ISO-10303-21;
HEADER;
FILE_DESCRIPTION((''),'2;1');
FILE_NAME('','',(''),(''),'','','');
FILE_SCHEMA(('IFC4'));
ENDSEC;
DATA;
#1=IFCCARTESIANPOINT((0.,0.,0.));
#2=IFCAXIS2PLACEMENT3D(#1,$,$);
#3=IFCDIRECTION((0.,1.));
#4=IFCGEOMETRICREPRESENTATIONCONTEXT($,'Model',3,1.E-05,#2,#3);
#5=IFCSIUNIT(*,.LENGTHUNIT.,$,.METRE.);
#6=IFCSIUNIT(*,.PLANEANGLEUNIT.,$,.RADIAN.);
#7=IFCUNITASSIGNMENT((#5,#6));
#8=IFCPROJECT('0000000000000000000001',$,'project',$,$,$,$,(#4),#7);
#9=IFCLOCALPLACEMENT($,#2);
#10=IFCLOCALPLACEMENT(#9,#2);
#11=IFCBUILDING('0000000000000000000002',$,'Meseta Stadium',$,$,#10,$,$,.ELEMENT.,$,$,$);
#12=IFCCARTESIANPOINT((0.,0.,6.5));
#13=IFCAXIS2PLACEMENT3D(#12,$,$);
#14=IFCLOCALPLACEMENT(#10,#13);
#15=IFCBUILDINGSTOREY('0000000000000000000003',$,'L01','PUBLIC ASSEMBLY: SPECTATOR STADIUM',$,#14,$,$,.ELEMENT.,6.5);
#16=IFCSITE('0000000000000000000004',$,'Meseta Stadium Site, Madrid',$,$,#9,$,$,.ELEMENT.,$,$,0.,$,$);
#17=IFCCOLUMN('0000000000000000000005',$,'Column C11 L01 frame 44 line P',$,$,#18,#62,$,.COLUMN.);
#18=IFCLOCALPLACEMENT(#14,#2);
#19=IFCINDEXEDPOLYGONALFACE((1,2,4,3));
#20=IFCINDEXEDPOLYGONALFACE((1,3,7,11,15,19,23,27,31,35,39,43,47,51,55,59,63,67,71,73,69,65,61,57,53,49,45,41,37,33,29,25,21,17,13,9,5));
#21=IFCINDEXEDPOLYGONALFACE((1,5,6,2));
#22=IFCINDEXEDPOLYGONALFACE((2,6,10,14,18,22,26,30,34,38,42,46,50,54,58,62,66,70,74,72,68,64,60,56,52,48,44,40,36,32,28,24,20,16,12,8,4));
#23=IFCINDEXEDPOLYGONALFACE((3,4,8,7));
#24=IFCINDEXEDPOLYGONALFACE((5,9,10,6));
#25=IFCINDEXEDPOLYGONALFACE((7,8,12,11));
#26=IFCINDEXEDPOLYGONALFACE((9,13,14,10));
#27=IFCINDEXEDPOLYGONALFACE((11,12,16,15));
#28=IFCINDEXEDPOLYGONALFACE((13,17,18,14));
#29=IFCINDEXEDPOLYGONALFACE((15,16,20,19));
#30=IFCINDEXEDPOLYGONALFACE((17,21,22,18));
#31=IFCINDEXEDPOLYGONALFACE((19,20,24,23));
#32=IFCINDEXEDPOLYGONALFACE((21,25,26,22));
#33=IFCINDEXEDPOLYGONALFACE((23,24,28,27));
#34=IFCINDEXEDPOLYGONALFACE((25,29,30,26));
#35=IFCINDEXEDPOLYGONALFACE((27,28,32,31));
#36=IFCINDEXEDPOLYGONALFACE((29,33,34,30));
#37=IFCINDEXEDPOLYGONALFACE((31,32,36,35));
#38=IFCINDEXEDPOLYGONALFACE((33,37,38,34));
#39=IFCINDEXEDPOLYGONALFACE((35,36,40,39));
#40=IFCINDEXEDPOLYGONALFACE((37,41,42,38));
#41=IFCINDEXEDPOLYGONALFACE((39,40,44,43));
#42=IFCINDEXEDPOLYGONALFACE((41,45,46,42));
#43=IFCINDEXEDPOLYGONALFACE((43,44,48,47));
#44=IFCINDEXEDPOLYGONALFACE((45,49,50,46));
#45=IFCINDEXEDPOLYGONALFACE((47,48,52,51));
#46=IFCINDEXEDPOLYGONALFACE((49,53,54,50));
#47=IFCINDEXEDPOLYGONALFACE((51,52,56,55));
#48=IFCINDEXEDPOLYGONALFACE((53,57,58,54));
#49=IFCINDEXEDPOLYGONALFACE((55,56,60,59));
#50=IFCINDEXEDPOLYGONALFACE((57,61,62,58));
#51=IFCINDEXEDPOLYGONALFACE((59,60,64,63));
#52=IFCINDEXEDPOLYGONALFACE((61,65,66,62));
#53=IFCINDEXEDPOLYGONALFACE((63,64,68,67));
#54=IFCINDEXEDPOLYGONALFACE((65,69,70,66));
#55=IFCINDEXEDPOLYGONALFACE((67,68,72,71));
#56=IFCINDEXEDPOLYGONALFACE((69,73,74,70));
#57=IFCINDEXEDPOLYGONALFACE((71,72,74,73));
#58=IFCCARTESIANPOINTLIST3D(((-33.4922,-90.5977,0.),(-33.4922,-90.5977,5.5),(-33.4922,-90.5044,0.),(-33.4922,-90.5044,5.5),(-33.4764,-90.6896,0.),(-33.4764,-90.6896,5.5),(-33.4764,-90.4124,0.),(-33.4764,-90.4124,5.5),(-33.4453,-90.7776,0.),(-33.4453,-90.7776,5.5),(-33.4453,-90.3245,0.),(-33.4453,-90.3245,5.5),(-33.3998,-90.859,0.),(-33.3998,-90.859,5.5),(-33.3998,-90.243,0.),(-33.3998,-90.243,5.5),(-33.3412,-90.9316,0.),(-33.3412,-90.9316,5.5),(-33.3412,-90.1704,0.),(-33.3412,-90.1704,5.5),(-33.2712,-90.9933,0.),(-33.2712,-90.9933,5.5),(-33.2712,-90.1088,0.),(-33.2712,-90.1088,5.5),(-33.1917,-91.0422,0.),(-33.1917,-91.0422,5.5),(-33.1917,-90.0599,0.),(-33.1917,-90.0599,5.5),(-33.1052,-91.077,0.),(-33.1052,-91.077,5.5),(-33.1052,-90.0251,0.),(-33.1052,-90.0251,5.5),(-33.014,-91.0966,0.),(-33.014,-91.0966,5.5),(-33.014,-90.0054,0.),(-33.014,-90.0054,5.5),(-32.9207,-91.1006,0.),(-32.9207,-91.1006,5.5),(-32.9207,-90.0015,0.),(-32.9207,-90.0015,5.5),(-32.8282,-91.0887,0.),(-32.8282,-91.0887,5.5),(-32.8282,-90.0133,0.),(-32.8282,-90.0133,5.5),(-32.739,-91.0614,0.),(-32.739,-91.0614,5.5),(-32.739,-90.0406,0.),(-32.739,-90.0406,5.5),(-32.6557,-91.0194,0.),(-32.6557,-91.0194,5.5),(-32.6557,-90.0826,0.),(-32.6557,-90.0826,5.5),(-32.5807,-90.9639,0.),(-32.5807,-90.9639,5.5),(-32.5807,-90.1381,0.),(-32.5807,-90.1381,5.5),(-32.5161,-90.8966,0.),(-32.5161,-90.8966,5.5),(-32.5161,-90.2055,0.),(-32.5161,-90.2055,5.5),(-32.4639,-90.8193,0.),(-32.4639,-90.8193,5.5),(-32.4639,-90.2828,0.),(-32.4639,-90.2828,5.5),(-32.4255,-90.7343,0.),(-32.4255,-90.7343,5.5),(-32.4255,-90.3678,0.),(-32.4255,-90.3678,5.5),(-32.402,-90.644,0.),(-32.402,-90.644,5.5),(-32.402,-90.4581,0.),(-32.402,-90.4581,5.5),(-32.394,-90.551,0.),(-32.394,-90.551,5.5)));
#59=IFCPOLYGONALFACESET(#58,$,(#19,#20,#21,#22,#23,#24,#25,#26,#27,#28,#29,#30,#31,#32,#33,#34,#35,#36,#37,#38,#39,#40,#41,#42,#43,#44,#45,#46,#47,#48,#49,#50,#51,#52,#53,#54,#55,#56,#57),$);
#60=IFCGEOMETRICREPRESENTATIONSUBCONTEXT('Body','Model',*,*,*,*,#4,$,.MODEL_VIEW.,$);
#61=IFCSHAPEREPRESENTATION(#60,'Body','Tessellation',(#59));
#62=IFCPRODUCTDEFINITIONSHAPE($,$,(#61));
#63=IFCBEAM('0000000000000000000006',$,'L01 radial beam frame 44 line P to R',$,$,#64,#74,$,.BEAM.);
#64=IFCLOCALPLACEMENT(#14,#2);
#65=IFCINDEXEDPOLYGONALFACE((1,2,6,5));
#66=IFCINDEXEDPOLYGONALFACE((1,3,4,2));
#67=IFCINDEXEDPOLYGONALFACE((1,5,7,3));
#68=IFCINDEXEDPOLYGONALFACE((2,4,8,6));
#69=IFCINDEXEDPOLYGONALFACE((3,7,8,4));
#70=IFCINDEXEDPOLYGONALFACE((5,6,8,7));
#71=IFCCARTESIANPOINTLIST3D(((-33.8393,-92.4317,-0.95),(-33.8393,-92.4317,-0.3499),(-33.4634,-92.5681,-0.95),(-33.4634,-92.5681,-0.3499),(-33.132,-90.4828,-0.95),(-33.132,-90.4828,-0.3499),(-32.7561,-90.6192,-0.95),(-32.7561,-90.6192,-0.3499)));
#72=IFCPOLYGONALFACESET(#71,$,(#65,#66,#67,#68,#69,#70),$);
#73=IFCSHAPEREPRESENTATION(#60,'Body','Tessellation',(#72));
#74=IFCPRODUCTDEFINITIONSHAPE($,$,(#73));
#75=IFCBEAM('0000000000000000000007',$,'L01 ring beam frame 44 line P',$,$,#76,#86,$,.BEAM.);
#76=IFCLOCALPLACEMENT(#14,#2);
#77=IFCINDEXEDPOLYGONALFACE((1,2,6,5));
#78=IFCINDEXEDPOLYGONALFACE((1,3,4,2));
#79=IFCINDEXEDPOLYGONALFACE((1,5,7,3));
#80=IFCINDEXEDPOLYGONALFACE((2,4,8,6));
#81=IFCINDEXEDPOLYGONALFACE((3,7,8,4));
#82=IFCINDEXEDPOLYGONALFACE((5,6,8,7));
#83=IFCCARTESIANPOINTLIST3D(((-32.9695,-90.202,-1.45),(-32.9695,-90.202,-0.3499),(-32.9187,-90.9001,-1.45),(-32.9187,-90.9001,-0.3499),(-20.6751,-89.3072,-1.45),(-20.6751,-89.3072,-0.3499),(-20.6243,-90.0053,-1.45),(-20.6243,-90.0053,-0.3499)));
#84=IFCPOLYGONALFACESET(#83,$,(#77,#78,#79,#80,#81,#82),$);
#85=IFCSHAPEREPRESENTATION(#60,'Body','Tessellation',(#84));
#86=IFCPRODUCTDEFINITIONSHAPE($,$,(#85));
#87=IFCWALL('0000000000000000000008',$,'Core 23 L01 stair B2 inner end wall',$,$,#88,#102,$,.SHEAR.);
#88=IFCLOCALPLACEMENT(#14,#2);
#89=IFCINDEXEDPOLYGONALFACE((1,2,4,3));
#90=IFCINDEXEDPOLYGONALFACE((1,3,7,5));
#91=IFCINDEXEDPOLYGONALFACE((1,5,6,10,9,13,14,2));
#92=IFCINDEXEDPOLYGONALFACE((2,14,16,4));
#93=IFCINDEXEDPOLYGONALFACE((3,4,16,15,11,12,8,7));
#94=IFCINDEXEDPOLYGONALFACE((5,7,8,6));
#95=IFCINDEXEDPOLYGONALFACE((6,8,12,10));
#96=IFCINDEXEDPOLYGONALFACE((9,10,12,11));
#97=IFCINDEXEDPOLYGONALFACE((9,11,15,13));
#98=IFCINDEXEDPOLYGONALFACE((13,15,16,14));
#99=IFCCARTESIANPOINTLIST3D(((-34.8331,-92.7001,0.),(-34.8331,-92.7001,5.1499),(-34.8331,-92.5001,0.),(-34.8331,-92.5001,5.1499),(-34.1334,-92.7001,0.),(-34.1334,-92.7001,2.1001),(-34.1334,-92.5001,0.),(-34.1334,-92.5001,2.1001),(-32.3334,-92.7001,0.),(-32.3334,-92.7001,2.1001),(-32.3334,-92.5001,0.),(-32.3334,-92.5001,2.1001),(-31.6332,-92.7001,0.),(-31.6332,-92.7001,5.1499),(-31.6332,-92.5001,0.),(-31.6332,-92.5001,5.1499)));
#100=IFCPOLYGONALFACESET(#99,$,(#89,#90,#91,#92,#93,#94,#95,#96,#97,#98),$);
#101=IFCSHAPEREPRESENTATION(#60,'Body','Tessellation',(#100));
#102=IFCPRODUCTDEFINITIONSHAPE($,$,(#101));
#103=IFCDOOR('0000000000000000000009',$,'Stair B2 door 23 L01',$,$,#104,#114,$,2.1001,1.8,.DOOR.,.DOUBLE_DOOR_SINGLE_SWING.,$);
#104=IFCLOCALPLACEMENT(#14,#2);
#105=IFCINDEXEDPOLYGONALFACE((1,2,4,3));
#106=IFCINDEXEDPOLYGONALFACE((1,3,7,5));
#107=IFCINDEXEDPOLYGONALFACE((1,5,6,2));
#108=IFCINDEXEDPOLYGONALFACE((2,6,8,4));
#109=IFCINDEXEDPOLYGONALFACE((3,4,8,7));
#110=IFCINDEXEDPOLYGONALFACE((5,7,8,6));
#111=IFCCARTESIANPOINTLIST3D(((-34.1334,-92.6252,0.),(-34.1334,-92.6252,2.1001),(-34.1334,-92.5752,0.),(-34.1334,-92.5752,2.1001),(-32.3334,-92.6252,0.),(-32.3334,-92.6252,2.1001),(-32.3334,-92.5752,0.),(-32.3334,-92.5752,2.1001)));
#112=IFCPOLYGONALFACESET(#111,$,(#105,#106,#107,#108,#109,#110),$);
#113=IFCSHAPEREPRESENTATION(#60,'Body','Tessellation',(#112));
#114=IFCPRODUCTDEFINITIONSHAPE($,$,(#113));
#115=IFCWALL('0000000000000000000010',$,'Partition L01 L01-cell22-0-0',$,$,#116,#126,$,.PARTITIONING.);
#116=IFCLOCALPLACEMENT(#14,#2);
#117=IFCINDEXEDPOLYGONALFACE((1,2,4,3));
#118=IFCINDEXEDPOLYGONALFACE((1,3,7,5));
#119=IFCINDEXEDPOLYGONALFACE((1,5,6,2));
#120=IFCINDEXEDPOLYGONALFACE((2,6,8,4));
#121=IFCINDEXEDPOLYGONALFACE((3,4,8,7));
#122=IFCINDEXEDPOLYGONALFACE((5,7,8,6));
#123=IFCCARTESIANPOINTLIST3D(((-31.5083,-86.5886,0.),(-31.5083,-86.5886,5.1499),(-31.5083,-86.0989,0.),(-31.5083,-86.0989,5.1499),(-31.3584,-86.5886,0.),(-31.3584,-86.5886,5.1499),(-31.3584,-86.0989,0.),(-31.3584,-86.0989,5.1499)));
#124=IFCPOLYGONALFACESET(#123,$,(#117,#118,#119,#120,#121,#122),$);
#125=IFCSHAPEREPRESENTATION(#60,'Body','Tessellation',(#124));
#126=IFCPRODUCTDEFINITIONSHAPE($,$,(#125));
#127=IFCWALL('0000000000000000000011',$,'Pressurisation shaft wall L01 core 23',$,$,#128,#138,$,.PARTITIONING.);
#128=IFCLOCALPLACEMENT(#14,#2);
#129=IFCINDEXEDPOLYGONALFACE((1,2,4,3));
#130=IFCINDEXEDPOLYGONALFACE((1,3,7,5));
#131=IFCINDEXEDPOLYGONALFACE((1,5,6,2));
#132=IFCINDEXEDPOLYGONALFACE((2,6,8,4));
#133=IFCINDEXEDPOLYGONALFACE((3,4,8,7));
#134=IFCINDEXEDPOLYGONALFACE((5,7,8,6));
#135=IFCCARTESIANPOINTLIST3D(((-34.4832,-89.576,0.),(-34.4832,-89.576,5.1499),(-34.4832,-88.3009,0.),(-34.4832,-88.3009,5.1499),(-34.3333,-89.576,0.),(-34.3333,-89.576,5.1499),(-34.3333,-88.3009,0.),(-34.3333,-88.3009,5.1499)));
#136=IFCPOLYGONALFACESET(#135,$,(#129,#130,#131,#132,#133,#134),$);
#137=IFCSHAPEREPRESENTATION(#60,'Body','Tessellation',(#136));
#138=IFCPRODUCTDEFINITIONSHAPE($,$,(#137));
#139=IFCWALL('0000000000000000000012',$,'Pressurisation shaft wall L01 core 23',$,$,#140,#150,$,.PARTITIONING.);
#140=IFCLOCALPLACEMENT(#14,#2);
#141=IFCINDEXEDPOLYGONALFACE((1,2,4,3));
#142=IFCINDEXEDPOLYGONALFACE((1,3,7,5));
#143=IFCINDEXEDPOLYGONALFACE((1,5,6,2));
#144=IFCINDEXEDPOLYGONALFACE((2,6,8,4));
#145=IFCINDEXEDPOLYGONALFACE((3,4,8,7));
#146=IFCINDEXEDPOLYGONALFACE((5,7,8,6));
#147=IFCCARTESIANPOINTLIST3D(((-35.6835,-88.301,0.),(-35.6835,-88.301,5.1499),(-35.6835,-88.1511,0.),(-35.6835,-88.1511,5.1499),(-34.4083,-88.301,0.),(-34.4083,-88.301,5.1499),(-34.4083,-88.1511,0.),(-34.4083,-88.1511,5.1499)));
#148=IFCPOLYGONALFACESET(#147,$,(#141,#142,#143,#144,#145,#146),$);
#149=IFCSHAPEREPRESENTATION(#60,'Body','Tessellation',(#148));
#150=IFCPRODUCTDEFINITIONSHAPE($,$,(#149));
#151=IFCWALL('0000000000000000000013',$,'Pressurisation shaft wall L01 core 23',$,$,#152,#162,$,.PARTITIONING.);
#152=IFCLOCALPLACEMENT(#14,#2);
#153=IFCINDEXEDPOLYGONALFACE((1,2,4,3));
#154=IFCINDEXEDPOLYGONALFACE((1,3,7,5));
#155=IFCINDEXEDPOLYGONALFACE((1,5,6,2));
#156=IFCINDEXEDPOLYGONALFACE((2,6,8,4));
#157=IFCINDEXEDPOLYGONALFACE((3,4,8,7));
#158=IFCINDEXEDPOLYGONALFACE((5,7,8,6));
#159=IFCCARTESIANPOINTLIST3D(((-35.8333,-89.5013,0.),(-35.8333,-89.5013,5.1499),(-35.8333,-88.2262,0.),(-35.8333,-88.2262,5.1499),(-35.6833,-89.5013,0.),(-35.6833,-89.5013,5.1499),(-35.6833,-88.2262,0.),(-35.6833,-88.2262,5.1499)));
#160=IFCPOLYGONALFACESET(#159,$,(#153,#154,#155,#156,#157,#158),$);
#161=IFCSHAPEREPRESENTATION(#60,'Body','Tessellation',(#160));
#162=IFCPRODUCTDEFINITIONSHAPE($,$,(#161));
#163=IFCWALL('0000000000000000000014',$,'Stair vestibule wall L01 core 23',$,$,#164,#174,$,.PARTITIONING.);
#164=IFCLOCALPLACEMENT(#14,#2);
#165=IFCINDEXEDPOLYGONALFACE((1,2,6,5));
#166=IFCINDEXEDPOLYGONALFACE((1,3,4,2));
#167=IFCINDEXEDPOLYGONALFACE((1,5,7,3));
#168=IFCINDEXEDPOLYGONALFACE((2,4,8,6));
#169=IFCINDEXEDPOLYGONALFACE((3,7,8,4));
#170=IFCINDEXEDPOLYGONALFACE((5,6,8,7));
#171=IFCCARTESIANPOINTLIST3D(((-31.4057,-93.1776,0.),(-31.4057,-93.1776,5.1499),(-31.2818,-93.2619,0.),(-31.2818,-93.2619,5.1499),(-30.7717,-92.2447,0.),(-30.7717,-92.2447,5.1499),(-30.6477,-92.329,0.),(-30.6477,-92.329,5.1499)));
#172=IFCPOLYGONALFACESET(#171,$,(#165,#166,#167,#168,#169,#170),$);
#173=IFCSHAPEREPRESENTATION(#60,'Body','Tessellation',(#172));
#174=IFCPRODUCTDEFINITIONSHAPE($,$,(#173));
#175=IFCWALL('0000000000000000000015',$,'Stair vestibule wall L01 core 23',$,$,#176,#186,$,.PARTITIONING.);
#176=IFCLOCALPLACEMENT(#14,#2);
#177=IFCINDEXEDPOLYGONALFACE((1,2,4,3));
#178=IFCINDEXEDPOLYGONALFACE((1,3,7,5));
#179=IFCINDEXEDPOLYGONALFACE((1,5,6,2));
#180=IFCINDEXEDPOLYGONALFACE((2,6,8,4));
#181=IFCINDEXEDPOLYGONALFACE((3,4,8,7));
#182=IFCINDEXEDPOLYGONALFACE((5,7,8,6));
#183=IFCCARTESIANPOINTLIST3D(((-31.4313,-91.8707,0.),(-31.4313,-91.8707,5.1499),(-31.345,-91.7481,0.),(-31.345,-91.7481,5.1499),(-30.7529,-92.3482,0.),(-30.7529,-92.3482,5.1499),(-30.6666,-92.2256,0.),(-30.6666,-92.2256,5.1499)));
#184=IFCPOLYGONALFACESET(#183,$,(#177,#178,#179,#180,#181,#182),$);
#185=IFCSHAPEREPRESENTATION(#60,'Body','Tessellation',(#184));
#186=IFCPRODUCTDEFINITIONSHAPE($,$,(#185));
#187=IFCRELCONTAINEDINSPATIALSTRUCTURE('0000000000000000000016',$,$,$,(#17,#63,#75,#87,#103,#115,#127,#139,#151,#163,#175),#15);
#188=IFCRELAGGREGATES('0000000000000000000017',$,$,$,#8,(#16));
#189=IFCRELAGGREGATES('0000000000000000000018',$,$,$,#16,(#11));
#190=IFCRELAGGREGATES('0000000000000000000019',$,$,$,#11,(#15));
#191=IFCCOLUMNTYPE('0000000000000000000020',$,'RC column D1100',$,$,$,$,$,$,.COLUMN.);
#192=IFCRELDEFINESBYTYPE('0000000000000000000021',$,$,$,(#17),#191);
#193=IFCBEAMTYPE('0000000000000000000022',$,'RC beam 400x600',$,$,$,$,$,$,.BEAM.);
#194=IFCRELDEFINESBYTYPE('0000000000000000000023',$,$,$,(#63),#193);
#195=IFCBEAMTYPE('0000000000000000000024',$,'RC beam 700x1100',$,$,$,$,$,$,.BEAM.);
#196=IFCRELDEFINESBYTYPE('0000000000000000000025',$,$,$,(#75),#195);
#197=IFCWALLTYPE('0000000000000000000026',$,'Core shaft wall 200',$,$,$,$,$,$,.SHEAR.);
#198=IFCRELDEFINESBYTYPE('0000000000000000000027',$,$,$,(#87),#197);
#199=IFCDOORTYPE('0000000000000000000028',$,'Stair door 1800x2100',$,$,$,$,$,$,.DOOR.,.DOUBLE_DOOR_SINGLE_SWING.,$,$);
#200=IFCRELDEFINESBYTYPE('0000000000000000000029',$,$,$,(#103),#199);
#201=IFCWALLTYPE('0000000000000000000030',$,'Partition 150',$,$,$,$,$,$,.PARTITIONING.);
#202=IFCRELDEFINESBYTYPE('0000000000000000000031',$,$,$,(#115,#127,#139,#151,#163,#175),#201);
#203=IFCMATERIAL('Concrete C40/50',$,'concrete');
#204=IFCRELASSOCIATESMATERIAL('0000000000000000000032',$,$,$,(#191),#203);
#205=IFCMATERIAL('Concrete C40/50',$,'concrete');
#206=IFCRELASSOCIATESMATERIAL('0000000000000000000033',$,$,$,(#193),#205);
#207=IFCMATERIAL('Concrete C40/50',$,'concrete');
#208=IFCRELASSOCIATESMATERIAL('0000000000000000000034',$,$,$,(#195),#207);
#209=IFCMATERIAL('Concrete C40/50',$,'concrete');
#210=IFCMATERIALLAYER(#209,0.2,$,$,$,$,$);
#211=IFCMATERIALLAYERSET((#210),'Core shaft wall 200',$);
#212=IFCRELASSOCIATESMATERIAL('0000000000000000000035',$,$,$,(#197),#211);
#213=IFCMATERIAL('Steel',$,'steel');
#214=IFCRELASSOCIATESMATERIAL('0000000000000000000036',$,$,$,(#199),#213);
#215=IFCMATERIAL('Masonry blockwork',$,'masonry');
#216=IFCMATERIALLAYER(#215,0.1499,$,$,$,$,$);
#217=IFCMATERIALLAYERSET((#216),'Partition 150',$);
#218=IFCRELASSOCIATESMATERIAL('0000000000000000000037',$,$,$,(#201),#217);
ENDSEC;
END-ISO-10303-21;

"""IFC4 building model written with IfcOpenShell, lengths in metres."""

from ifc_helpers import new_model, si_unit, direction, frame, frame_2d, origin, origin_2d, place, context, subcontext, project, spatial, rectangle, circle, extrude, material, layer, layer_set, material_profile, profile_set, type_object, element, fill, save


model = new_model("IFC4")

# Units and contexts
model_context = context("Model", 3, precision=1e-05, world=origin(), true_north=direction((0.0, 1.0)))
body_context = subcontext(model_context, "Body", "Model", "MODEL_VIEW")
ifc_project = project(units=[si_unit("LENGTHUNIT", "METRE"), si_unit("PLANEANGLEUNIT", "RADIAN")], contexts=[model_context])

# Site, building, storey
site_placement = place(None, origin())
site = spatial("IfcSite", under=ifc_project, at=site_placement, Name="Meseta Stadium Site, Madrid", CompositionType="ELEMENT", RefElevation=0.0)
building_placement = place(site_placement, origin())
building = spatial("IfcBuilding", under=site, at=building_placement, Name="Meseta Stadium", CompositionType="ELEMENT")
storey_placement = place(building_placement, frame((0.0, 0.0, 6.5)))
storey = spatial("IfcBuildingStorey", under=building, at=storey_placement, Name="L01", Description="PUBLIC ASSEMBLY: SPECTATOR STADIUM", CompositionType="ELEMENT", Elevation=6.5)

# Column
ifc_material_1 = material(Name="Concrete C40/50", Category="concrete")
ifc_material_profile_1 = material_profile(ifc_material_1, circle(Radius=0.55, at=origin_2d()), Name="RC D1100")
ifc_profile_set_1 = profile_set([ifc_material_profile_1], Name="Concrete C40/50")
column_type = type_object("IfcColumnType", Name="RC column D1100", PredefinedType="COLUMN", material=ifc_profile_set_1)
column_placement = place(storey_placement, frame((-32.9441, -90.551, 0.0), z_axis=(0.0, 0.0, 1.0), x_axis=(1.0, 0.0, 0.0)))
element("IfcColumn", 1, at=column_placement, inside=storey, type_object=column_type, Name="Column C11 L01 frame 44 line P", PredefinedType="COLUMN", context=body_context, shape_type="SweptSolid", body=[
    extrude(circle(Radius=0.55, at=origin_2d()), origin(), (0.0, 0.0, 1.0), 5.5),
])

# Beams
ifc_material_2 = material(Name="Concrete C40/50", Category="concrete")
ifc_material_profile_2 = material_profile(ifc_material_2, rectangle(XDim=0.3999, YDim=0.6001, at=origin_2d()), Name="RC 400x600")
ifc_profile_set_2 = profile_set([ifc_material_profile_2], Name="Concrete C40/50")
beam_type_1 = type_object("IfcBeamType", Name="RC beam 400x600", PredefinedType="BEAM", material=ifc_profile_set_2)
beam_1_placement = place(storey_placement, frame((-32.9441, -90.551, -0.6499), z_axis=(-0.341128, -0.940017, 0.0), x_axis=(0.940017, -0.341128, 0.0)))
element("IfcBeam", 2, at=beam_1_placement, inside=storey, type_object=beam_type_1, Name="L01 radial beam frame 44 line P to R", PredefinedType="BEAM", context=body_context, shape_type="SweptSolid", body=[
    extrude(rectangle(XDim=0.3999, YDim=0.6001, at=origin_2d()), origin(), (0.0, 0.0, 1.0), 2.0732),
])
ifc_material_3 = material(Name="Concrete C40/50", Category="concrete")
ifc_material_profile_3 = material_profile(ifc_material_3, rectangle(XDim=0.7, YDim=1.1001, at=origin_2d()), Name="RC 700x1100")
ifc_profile_set_3 = profile_set([ifc_material_profile_3], Name="Concrete C40/50")
beam_type_2 = type_object("IfcBeamType", Name="RC beam 700x1100", PredefinedType="BEAM", material=ifc_profile_set_3)
beam_2_placement = place(storey_placement, frame((-32.9441, -90.551, -0.8999), z_axis=(0.997362, 0.072587, 0.0), x_axis=(-0.072587, 0.997362, 0.0)))
element("IfcBeam", 3, at=beam_2_placement, inside=storey, type_object=beam_type_2, Name="L01 ring beam frame 44 line P", PredefinedType="BEAM", context=body_context, shape_type="SweptSolid", body=[
    extrude(rectangle(XDim=0.7, YDim=1.1001, at=origin_2d()), origin(), (0.0, 0.0, 1.0), 12.3269),
])

# Wall, opening, door
ifc_material_4 = material(Name="Concrete C40/50", Category="concrete")
ifc_layer_1 = layer(ifc_material_4, 0.2)
ifc_layer_set_1 = layer_set([ifc_layer_1], Name="Core shaft wall 200")
wall_type_1 = type_object("IfcWallType", Name="Core shaft wall 200", PredefinedType="SHEAR", material=ifc_layer_set_1)
wall_1_placement = place(storey_placement, frame((-34.8333, -92.6001, 0.0), z_axis=(0.0, 0.0, 1.0), x_axis=(1.0, 0.0, 0.0)))
wall_1 = element("IfcWall", 4, at=wall_1_placement, inside=storey, type_object=wall_type_1, Name="Core 23 L01 stair B2 inner end wall", PredefinedType="SHEAR", context=body_context, shape_type="SweptSolid", body=[
    extrude(rectangle(XDim=3.2, YDim=0.2, at=frame_2d((1.6001, 0.0))), origin(), (0.0, 0.0, 1.0), 5.1499),
])
opening_1_placement = place(wall_1_placement, frame((0.7, 0.0, 0.0)))
opening_1 = element("IfcOpeningElement", 5, at=opening_1_placement, cuts=wall_1, PredefinedType="OPENING", context=body_context, shape_type="SweptSolid", body=[
    extrude(rectangle(XDim=1.8, YDim=2.1001, at=frame_2d((0.8999, 1.05))), frame((0.0, 0.1099, 0.0), z_axis=(0.0, -1.0, 0.0), x_axis=(1.0, 0.0, 0.0)), (0.0, 0.0, 1.0), 0.22),
])
ifc_material_5 = material(Name="Steel", Category="steel")
door_type_1 = type_object("IfcDoorType", Name="Stair door 1800x2100", OperationType="DOUBLE_DOOR_SINGLE_SWING", PredefinedType="DOOR", material=ifc_material_5)
door_1_placement = place(opening_1_placement, origin())
door_1 = element("IfcDoor", 6, at=door_1_placement, inside=storey, type_object=door_type_1, Name="Stair B2 door 23 L01", OperationType="DOUBLE_DOOR_SINGLE_SWING", OverallHeight=2.1001, OverallWidth=1.8, PredefinedType="DOOR", context=body_context, shape_type="SweptSolid", body=[
    extrude(rectangle(XDim=1.8, YDim=2.1001, at=frame_2d((0.8999, 1.05))), frame((0.0, 0.0249, 0.0), z_axis=(0.0, -1.0, 0.0), x_axis=(1.0, 0.0, 0.0)), (0.0, 0.0, 1.0), 0.05),
])
fill(opening_1, door_1)

# Walls
ifc_material_6 = material(Name="Masonry blockwork", Category="masonry")
ifc_layer_2 = layer(ifc_material_6, 0.1499)
ifc_layer_set_2 = layer_set([ifc_layer_2], Name="Partition 150")
wall_type_2 = type_object("IfcWallType", Name="Partition 150", PredefinedType="PARTITIONING", material=ifc_layer_set_2)
wall_2_placement = place(storey_placement, frame((-31.4333, -86.5886, 0.0), z_axis=(0.0, 0.0, 1.0), x_axis=(0.0, 1.0, 0.0)))
element("IfcWall", 7, at=wall_2_placement, inside=storey, type_object=wall_type_2, Name="Partition L01 L01-cell22-0-0", PredefinedType="PARTITIONING", context=body_context, shape_type="SweptSolid", body=[
    extrude(rectangle(XDim=0.4897, YDim=0.1499, at=frame_2d((0.2449, 0.0))), origin(), (0.0, 0.0, 1.0), 5.1499),
])
for number, where, z_axis, x_axis, name in (
    (8, (-34.4082, -89.5762, 0.0), (0.0, 0.0, 1.0), (0.0, 1.0, 0.0), "Pressurisation shaft wall L01 core 23"),
    (9, (-34.4082, -88.2261, 0.0), (0.0, 0.0, 1.0), (-1.0, 0.0, 0.0), "Pressurisation shaft wall L01 core 23"),
    (10, (-35.7583, -88.2261, 0.0), (0.0, 0.0, 1.0), (0.0, -1.0, 0.0), "Pressurisation shaft wall L01 core 23"),
):
    element("IfcWall", number, at=place(storey_placement, frame(where, z_axis=z_axis, x_axis=x_axis)), inside=storey, type_object=wall_type_2, Name=name, PredefinedType="PARTITIONING", context=body_context, shape_type="SweptSolid", body=[
        extrude(rectangle(XDim=1.2751, YDim=0.1499, at=frame_2d((0.6377, 0.0))), origin(), (0.0, 0.0, 1.0), 5.1499),
    ])
wall_3_placement = place(storey_placement, frame((-31.3438, -93.2197, 0.0), z_axis=(0.0, 0.0, 1.0), x_axis=(0.562121, 0.827055, 0.0)))
element("IfcWall", 11, at=wall_3_placement, inside=storey, type_object=wall_type_2, Name="Stair vestibule wall L01 core 23", PredefinedType="PARTITIONING", context=body_context, shape_type="SweptSolid", body=[
    extrude(rectangle(XDim=1.1279, YDim=0.1499, at=frame_2d((0.564, 0.0))), origin(), (0.0, 0.0, 1.0), 5.1499),
])
wall_4_placement = place(storey_placement, frame((-30.7097, -92.2869, 0.0), z_axis=(0.0, 0.0, 1.0), x_axis=(-0.81775, 0.575574, 0.0)))
element("IfcWall", 12, at=wall_4_placement, inside=storey, type_object=wall_type_2, Name="Stair vestibule wall L01 core 23", PredefinedType="PARTITIONING", context=body_context, shape_type="SweptSolid", body=[
    extrude(rectangle(XDim=0.8296, YDim=0.1499, at=frame_2d((0.4148, 0.0))), origin(), (0.0, 0.0, 1.0), 5.1499),
])

save(model, "model.ifc")
